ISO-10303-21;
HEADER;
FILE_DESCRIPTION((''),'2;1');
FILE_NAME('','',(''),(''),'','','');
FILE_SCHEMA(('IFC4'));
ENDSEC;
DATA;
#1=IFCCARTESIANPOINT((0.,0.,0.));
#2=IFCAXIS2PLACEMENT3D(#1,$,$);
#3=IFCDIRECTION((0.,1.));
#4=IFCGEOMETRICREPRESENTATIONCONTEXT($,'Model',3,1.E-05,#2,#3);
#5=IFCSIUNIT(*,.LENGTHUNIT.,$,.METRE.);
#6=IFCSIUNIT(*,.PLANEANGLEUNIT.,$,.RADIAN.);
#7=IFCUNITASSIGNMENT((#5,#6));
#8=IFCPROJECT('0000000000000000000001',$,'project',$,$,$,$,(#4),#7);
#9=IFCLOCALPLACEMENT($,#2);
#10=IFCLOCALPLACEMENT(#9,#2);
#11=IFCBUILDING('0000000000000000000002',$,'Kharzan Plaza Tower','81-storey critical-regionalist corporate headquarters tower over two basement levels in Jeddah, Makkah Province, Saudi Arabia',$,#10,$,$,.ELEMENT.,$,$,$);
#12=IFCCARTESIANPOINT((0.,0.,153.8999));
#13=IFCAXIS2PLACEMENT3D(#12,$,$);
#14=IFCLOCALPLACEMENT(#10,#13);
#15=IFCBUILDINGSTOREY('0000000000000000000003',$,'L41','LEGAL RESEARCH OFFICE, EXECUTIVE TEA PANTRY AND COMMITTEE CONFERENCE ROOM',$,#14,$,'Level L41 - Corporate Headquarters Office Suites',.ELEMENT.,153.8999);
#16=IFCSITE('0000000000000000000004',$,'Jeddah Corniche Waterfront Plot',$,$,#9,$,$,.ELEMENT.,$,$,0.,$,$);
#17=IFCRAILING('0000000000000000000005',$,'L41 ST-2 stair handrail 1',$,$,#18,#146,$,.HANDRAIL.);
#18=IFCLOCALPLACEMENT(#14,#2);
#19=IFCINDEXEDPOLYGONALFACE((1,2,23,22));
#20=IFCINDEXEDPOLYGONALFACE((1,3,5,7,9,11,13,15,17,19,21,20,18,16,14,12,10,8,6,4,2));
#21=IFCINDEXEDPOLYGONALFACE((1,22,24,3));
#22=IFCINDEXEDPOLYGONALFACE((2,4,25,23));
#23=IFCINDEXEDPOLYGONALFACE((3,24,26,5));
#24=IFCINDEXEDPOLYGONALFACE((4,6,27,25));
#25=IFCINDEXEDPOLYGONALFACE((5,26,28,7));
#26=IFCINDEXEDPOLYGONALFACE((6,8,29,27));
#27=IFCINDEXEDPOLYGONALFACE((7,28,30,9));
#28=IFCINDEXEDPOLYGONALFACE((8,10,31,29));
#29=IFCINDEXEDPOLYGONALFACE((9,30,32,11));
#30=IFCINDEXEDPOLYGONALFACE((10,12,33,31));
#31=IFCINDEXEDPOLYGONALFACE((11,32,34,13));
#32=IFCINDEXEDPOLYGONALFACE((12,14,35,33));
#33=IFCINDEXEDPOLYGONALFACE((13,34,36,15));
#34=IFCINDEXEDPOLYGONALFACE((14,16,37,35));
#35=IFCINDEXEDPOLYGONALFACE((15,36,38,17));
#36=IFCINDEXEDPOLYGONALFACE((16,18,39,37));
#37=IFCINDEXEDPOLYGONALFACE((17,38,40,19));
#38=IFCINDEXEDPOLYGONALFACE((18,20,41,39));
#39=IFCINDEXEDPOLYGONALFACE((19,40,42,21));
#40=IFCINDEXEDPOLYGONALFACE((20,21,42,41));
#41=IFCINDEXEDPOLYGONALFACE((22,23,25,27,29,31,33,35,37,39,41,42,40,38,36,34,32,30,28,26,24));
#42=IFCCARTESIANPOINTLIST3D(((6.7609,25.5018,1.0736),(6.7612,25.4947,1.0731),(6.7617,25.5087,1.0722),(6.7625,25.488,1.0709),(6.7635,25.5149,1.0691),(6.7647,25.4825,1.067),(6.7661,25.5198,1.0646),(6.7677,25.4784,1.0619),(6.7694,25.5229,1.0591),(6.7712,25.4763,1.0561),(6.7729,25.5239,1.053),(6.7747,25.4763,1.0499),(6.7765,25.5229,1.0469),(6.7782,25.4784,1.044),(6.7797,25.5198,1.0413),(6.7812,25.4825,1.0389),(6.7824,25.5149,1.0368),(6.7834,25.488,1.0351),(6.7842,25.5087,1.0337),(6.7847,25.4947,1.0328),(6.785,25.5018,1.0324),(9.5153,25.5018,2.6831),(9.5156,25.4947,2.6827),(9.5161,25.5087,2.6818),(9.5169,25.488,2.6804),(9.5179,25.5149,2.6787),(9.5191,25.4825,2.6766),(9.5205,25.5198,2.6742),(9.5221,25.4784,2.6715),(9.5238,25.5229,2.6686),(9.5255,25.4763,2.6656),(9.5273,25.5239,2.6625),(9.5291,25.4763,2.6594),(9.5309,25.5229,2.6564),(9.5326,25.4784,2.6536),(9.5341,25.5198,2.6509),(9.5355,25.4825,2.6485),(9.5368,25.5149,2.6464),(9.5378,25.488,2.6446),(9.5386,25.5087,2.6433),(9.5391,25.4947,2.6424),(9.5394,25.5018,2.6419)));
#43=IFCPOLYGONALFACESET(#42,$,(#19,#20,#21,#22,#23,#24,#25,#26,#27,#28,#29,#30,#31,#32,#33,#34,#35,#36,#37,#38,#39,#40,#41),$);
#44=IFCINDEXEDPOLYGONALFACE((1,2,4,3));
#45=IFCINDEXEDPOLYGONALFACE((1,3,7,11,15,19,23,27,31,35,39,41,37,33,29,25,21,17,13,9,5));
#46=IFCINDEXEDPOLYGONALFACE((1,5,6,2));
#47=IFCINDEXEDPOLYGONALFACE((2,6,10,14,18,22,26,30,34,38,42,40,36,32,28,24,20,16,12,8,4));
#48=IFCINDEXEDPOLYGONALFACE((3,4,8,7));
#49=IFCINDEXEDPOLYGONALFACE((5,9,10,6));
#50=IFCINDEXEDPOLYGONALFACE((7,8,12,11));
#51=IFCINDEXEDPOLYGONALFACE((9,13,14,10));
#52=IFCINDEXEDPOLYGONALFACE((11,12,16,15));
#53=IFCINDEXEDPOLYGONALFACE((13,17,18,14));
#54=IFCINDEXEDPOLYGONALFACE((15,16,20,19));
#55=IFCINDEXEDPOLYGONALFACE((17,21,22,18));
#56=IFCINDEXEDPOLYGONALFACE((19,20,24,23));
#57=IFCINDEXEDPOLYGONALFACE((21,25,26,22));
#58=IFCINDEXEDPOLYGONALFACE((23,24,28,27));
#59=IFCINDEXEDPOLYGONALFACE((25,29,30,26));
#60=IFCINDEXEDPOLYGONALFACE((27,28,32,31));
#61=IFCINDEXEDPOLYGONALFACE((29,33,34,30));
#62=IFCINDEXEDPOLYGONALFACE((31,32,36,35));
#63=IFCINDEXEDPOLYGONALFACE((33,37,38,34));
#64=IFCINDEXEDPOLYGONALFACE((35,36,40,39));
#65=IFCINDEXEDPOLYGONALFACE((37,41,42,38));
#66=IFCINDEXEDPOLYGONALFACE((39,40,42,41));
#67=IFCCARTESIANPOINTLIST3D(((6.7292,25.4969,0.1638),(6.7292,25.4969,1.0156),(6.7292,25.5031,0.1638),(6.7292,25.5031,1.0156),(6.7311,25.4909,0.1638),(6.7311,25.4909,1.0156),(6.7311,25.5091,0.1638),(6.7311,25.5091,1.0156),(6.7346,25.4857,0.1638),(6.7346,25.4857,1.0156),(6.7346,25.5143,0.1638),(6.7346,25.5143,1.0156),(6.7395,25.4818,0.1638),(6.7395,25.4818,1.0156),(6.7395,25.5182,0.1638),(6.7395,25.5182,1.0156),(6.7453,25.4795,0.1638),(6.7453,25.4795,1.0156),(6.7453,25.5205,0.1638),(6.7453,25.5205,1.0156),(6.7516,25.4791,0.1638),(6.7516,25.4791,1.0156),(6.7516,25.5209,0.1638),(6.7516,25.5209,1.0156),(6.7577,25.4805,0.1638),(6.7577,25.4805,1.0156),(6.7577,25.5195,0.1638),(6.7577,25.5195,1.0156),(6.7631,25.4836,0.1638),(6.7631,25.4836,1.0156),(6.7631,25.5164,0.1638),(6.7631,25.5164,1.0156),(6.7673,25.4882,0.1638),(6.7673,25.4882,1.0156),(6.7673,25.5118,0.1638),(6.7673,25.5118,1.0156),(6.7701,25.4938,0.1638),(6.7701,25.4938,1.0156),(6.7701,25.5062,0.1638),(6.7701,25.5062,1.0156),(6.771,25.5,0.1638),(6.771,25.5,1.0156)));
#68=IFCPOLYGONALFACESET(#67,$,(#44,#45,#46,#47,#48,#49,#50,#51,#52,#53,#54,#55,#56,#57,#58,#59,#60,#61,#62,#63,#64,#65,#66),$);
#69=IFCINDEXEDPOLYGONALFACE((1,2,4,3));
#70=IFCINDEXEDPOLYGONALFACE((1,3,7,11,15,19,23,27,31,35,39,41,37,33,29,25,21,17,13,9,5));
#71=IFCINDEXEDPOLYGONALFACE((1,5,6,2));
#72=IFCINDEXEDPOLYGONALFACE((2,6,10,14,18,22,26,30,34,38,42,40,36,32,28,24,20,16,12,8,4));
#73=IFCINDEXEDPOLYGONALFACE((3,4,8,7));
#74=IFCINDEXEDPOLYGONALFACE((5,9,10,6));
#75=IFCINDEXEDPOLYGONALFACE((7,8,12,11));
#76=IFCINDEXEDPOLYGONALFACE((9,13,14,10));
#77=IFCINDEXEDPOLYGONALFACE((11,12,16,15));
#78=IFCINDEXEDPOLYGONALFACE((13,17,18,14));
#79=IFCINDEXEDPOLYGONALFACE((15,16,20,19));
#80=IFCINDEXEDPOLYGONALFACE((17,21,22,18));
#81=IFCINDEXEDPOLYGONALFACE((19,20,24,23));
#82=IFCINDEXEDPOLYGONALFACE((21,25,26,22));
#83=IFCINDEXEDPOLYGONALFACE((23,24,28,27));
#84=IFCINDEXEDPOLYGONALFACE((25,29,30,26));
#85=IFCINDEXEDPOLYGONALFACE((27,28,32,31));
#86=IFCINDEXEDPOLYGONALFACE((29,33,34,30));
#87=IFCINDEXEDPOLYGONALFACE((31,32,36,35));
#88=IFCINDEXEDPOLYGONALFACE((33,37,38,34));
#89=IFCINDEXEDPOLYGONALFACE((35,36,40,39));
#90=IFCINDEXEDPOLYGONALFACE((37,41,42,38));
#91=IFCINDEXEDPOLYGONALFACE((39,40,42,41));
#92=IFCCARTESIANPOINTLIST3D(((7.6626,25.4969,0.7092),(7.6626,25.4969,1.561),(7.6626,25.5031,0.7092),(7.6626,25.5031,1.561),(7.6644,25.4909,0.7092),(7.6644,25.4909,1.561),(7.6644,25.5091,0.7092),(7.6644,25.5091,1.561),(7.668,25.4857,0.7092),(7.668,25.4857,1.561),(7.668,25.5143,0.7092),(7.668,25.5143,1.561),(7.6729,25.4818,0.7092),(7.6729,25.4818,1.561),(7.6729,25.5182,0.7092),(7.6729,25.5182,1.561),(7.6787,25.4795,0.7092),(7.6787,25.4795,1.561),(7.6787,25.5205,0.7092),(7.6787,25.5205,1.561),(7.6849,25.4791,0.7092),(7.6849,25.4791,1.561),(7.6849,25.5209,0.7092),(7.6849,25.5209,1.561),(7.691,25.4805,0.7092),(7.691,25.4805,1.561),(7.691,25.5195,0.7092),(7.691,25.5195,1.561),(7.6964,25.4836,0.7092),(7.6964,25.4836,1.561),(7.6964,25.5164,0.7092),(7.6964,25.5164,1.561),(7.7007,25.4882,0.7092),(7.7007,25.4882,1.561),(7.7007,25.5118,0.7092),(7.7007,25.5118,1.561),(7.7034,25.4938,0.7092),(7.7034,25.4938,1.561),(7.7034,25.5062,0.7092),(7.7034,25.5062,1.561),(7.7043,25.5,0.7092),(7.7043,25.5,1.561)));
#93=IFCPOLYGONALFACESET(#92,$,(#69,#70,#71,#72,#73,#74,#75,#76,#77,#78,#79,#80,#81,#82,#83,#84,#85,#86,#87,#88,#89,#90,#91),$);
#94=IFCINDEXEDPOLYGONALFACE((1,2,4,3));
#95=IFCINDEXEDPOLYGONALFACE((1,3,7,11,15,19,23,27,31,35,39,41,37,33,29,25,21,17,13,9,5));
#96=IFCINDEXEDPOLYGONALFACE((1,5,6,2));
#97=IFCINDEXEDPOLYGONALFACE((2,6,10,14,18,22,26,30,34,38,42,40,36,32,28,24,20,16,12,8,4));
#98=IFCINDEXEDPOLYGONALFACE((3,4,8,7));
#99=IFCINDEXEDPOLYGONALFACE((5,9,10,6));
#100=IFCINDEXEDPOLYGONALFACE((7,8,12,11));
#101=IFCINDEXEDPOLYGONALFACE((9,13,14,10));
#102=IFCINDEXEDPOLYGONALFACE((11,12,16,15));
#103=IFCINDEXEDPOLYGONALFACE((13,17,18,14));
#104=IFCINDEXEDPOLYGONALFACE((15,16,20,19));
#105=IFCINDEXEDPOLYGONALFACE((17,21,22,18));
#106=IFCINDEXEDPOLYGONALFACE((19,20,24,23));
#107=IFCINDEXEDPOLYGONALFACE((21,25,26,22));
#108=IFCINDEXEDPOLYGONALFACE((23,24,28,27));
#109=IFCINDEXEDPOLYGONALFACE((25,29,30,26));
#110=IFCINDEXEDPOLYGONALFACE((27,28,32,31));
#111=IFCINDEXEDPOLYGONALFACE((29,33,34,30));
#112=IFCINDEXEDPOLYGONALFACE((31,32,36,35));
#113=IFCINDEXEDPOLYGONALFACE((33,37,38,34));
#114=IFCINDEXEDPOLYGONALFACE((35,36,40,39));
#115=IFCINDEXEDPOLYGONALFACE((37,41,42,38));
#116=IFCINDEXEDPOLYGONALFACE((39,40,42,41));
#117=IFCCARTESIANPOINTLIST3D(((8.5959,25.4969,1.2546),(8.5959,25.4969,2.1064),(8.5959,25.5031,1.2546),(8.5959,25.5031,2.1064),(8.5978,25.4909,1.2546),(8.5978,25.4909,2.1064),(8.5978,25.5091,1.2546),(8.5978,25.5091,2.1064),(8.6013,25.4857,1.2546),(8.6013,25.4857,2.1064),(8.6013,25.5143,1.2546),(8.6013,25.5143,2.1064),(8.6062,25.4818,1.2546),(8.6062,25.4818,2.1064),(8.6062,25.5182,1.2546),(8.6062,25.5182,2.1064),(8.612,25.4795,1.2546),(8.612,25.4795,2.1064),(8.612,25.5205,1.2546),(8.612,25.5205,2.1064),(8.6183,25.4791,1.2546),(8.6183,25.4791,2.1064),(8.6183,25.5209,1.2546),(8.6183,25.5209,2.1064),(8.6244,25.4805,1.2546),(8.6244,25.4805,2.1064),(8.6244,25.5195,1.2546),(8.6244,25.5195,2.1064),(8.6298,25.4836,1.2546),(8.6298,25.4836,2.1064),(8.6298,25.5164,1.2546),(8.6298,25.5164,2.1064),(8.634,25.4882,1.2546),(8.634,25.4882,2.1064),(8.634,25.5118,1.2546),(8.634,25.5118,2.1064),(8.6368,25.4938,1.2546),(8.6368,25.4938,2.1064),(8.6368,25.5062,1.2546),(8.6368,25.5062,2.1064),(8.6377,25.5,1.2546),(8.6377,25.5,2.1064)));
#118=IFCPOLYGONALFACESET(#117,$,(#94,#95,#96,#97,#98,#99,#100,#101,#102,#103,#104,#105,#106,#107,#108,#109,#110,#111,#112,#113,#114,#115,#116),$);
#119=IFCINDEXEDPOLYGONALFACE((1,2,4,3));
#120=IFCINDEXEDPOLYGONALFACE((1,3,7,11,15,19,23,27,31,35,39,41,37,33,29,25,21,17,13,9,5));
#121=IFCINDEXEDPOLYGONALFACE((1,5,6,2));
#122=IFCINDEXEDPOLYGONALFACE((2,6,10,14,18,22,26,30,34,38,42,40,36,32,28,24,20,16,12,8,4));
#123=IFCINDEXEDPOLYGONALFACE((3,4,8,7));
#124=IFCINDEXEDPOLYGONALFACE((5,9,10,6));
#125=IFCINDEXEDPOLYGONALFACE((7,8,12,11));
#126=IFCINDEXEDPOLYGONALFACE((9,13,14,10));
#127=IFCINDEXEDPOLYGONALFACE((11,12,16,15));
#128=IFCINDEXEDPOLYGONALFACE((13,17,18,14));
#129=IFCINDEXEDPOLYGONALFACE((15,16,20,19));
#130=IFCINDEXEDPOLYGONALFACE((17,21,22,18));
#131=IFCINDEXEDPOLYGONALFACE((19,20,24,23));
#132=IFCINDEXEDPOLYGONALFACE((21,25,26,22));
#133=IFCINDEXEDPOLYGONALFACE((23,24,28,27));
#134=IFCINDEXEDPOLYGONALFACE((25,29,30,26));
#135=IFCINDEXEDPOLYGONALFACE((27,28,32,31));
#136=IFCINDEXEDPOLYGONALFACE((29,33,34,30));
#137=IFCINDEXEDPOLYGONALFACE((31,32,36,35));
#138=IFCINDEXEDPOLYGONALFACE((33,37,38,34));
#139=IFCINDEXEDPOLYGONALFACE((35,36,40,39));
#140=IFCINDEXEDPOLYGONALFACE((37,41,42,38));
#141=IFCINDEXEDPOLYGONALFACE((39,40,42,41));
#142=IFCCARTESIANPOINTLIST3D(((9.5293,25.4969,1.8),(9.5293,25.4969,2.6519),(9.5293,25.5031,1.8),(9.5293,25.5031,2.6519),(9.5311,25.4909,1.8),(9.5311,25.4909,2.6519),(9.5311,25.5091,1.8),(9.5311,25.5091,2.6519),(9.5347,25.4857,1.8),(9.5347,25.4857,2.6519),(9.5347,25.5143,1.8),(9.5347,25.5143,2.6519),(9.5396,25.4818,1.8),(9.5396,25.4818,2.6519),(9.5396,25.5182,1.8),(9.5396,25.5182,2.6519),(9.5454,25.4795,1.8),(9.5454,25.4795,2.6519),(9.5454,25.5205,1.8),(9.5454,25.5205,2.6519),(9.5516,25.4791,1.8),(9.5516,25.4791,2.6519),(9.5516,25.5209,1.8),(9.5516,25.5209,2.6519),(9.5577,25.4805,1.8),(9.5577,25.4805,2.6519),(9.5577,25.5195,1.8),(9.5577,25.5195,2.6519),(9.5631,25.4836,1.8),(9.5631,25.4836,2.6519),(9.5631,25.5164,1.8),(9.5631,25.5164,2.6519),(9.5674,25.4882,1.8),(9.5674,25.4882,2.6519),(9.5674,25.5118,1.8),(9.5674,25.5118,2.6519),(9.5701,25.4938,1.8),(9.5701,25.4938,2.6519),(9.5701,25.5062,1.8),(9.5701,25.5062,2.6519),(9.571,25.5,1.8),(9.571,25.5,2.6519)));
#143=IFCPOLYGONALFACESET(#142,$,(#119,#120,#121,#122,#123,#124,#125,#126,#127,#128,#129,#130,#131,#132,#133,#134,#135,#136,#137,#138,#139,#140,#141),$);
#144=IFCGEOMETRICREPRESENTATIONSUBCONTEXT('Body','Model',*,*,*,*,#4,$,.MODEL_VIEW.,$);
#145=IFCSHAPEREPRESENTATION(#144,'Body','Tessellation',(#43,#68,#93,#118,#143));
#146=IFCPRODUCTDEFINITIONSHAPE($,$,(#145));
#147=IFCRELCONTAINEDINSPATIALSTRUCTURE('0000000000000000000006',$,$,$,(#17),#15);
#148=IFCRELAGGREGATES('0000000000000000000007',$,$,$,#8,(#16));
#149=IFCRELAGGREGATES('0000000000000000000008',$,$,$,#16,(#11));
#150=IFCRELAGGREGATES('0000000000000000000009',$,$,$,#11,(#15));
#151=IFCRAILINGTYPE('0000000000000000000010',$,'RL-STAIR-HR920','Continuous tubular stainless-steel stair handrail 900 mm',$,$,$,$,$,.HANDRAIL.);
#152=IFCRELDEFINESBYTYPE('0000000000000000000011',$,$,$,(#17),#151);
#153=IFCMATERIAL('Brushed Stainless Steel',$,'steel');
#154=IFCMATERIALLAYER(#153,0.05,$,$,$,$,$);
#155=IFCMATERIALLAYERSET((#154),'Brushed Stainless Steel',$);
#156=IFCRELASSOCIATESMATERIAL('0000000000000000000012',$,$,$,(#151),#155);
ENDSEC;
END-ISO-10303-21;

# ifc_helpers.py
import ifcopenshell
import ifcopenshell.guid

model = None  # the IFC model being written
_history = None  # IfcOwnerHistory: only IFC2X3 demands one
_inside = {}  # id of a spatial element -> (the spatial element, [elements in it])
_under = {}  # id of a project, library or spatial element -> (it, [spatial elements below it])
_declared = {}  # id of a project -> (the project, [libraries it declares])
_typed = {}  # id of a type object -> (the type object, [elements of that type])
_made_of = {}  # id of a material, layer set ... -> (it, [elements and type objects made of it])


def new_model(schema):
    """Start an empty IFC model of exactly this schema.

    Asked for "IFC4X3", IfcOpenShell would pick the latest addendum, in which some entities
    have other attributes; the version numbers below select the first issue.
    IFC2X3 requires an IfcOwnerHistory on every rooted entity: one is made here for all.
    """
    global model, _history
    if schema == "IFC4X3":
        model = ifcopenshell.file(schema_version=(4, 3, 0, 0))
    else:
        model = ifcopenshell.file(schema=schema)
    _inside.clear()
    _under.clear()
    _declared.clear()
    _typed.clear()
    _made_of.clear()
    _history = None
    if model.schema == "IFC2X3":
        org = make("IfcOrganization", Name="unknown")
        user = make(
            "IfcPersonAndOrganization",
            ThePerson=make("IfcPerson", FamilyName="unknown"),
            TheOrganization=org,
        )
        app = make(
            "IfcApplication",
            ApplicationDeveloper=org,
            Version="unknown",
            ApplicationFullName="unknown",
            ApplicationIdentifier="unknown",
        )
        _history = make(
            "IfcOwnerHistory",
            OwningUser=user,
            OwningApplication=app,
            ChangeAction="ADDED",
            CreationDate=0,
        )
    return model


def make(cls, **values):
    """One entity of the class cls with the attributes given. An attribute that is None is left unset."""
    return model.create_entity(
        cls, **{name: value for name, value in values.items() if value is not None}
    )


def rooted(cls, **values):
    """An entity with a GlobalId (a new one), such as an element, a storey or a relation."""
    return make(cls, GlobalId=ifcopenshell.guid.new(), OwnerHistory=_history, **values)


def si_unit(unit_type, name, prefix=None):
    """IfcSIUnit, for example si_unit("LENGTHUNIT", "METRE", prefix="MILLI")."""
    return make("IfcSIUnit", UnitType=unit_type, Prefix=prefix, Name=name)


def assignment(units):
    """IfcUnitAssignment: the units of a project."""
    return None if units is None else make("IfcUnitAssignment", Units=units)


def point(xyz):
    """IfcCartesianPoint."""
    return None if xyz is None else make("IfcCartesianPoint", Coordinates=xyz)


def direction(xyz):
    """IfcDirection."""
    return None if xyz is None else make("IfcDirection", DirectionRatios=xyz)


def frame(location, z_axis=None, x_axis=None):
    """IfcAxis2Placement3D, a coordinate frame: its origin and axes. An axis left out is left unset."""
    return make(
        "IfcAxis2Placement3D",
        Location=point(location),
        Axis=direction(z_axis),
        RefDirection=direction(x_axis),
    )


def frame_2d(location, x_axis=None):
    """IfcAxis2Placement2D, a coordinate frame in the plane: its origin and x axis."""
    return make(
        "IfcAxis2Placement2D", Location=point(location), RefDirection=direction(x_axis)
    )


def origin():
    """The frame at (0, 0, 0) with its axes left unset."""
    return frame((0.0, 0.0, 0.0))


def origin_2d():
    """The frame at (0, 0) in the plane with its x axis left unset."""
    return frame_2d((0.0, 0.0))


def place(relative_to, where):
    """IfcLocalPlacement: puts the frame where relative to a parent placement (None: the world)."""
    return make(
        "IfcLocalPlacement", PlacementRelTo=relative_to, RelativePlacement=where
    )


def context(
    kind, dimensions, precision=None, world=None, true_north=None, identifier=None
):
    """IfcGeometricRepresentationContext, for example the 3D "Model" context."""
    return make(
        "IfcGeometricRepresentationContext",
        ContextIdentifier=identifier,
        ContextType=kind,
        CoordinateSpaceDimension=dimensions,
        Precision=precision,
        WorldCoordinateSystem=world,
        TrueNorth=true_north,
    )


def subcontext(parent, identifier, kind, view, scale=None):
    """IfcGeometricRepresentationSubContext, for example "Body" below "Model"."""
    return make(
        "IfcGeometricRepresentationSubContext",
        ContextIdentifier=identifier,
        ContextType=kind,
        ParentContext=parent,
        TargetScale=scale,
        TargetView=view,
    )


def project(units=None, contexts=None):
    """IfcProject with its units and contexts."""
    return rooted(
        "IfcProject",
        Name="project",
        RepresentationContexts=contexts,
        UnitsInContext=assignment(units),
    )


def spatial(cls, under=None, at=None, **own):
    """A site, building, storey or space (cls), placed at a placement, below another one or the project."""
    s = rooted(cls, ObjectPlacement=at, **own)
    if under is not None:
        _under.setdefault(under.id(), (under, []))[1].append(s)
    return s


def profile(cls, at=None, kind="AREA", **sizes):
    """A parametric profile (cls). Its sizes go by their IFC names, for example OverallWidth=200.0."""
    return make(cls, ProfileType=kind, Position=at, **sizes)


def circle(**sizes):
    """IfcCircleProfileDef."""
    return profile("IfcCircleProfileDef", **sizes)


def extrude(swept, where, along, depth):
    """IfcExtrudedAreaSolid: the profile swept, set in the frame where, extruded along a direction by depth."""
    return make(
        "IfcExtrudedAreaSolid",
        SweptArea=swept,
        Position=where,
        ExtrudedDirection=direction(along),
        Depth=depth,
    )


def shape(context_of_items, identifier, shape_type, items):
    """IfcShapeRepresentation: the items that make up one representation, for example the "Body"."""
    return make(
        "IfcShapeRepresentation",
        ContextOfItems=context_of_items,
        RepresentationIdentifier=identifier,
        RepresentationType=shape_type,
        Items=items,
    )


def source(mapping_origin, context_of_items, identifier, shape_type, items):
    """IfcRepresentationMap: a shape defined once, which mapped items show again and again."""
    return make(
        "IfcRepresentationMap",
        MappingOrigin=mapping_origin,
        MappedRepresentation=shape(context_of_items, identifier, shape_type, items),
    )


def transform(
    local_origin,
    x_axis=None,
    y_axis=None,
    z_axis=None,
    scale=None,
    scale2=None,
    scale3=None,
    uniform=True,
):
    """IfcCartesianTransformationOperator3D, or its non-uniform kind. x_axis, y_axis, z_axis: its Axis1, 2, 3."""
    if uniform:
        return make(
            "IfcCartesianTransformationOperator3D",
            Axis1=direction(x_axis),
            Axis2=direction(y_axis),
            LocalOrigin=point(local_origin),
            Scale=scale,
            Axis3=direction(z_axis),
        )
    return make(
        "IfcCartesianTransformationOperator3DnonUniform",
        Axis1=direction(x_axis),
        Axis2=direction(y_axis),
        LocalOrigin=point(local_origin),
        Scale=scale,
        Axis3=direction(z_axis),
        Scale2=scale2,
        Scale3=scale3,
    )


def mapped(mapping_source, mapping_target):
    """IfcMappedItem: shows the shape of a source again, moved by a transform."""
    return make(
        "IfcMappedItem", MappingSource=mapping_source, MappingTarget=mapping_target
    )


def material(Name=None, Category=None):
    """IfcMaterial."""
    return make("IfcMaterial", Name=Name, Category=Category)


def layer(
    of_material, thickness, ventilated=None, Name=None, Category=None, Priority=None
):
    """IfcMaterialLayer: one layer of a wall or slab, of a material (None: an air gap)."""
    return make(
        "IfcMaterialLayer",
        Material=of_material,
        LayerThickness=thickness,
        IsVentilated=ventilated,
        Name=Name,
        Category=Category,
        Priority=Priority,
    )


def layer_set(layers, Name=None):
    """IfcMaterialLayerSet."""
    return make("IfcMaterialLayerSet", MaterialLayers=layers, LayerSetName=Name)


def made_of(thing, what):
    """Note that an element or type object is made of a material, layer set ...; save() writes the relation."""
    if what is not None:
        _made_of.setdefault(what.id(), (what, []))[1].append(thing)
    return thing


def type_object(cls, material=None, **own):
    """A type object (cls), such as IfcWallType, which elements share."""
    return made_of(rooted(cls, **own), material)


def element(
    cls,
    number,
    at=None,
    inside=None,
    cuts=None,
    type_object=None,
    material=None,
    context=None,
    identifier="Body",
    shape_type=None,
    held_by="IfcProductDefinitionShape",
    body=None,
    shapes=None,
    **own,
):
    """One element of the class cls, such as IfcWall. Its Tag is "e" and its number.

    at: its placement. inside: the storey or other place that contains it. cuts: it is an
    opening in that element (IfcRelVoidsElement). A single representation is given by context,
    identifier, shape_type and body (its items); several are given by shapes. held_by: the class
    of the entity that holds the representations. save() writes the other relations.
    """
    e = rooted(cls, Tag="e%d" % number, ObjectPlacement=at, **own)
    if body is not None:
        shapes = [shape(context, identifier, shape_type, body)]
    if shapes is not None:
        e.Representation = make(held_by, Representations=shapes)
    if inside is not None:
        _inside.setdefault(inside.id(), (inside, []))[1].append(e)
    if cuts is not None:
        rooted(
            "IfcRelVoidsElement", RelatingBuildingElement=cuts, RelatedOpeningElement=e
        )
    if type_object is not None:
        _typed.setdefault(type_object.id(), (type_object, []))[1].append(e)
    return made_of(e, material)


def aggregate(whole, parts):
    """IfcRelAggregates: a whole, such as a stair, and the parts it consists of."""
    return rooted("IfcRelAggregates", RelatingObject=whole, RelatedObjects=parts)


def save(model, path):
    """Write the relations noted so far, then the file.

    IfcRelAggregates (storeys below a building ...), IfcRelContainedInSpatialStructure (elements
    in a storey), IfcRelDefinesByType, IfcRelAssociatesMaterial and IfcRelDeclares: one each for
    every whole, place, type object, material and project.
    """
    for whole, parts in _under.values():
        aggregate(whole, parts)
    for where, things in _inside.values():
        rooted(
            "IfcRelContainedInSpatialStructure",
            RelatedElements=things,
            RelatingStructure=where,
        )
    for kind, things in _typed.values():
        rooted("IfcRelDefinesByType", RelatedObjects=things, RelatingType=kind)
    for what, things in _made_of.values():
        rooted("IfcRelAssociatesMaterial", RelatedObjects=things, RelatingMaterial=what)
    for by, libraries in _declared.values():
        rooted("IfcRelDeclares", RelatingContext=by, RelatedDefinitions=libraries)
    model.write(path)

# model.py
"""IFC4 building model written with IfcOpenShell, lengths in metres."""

from ifc_helpers import new_model, si_unit, direction, frame, origin, origin_2d, place, context, subcontext, project, spatial, circle, extrude, source, transform, mapped, material, layer, layer_set, type_object, element, save


model = new_model("IFC4")

# Units and contexts
model_context = context("Model", 3, precision=1e-05, world=origin(), true_north=direction((0.0, 1.0)))
body_context = subcontext(model_context, "Body", "Model", "MODEL_VIEW")
ifc_project = project(units=[si_unit("LENGTHUNIT", "METRE"), si_unit("PLANEANGLEUNIT", "RADIAN")], contexts=[model_context])

# Site, building, storey
site_placement = place(None, origin())
site = spatial("IfcSite", under=ifc_project, at=site_placement, Name="Jeddah Corniche Waterfront Plot", CompositionType="ELEMENT", RefElevation=0.0)
building_placement = place(site_placement, origin())
building = spatial("IfcBuilding", under=site, at=building_placement, Name="Kharzan Plaza Tower", Description="81-storey critical-regionalist corporate headquarters tower over two basement levels in Jeddah, Makkah Province, Saudi Arabia", CompositionType="ELEMENT")
storey_placement = place(building_placement, frame((0.0, 0.0, 153.8999)))
storey = spatial("IfcBuildingStorey", under=building, at=storey_placement, Name="L41", Description="LEGAL RESEARCH OFFICE, EXECUTIVE TEA PANTRY AND COMMITTEE CONFERENCE ROOM", LongName="Level L41 - Corporate Headquarters Office Suites", CompositionType="ELEMENT", Elevation=153.8999)

# Railing
ifc_material_1 = material(Name="Brushed Stainless Steel", Category="steel")
ifc_layer_1 = layer(ifc_material_1, 0.05)
ifc_layer_set_1 = layer_set([ifc_layer_1], Name="Brushed Stainless Steel")
railing_type_1 = type_object("IfcRailingType", Name="RL-STAIR-HR920", Description="Continuous tubular stainless-steel stair handrail 900 mm", PredefinedType="HANDRAIL", material=ifc_layer_set_1)
shared_shape_1 = source(origin(), body_context, "Body", "SweptSolid", [
    extrude(circle(Radius=0.0239, at=origin_2d()), frame((0.0229, 0.0, 0.8892), z_axis=(0.863394, 0.0, 0.504531), x_axis=(0.0, 1.0, 0.0)), (0.0, 0.0, 1.0), 3.1902),
    extrude(circle(Radius=0.021, at=origin_2d()), origin(), (0.0, 0.0, 1.0), 0.8518),
    extrude(circle(Radius=0.021, at=origin_2d()), frame((0.9333, 0.0, 0.5454)), (0.0, 0.0, 1.0), 0.8518),
    extrude(circle(Radius=0.021, at=origin_2d()), frame((1.8667, 0.0, 1.0908)), (0.0, 0.0, 1.0), 0.8518),
    extrude(circle(Radius=0.021, at=origin_2d()), frame((2.8, 0.0, 1.6362)), (0.0, 0.0, 1.0), 0.8518),
])
railing_1_placement = place(storey_placement, frame((6.75, 25.5, 0.1638)))
element("IfcRailing", 1, at=railing_1_placement, inside=storey, type_object=railing_type_1, Name="L41 ST-2 stair handrail 1", PredefinedType="HANDRAIL", context=body_context, shape_type="MappedRepresentation", body=[
    mapped(shared_shape_1, transform((0.0, 0.0, 0.0), x_axis=(1.0, 0.0, 0.0), y_axis=(0.0, 1.0, 0.0), z_axis=(0.0, 0.0, 1.0))),
])

save(model, "model.ifc")
